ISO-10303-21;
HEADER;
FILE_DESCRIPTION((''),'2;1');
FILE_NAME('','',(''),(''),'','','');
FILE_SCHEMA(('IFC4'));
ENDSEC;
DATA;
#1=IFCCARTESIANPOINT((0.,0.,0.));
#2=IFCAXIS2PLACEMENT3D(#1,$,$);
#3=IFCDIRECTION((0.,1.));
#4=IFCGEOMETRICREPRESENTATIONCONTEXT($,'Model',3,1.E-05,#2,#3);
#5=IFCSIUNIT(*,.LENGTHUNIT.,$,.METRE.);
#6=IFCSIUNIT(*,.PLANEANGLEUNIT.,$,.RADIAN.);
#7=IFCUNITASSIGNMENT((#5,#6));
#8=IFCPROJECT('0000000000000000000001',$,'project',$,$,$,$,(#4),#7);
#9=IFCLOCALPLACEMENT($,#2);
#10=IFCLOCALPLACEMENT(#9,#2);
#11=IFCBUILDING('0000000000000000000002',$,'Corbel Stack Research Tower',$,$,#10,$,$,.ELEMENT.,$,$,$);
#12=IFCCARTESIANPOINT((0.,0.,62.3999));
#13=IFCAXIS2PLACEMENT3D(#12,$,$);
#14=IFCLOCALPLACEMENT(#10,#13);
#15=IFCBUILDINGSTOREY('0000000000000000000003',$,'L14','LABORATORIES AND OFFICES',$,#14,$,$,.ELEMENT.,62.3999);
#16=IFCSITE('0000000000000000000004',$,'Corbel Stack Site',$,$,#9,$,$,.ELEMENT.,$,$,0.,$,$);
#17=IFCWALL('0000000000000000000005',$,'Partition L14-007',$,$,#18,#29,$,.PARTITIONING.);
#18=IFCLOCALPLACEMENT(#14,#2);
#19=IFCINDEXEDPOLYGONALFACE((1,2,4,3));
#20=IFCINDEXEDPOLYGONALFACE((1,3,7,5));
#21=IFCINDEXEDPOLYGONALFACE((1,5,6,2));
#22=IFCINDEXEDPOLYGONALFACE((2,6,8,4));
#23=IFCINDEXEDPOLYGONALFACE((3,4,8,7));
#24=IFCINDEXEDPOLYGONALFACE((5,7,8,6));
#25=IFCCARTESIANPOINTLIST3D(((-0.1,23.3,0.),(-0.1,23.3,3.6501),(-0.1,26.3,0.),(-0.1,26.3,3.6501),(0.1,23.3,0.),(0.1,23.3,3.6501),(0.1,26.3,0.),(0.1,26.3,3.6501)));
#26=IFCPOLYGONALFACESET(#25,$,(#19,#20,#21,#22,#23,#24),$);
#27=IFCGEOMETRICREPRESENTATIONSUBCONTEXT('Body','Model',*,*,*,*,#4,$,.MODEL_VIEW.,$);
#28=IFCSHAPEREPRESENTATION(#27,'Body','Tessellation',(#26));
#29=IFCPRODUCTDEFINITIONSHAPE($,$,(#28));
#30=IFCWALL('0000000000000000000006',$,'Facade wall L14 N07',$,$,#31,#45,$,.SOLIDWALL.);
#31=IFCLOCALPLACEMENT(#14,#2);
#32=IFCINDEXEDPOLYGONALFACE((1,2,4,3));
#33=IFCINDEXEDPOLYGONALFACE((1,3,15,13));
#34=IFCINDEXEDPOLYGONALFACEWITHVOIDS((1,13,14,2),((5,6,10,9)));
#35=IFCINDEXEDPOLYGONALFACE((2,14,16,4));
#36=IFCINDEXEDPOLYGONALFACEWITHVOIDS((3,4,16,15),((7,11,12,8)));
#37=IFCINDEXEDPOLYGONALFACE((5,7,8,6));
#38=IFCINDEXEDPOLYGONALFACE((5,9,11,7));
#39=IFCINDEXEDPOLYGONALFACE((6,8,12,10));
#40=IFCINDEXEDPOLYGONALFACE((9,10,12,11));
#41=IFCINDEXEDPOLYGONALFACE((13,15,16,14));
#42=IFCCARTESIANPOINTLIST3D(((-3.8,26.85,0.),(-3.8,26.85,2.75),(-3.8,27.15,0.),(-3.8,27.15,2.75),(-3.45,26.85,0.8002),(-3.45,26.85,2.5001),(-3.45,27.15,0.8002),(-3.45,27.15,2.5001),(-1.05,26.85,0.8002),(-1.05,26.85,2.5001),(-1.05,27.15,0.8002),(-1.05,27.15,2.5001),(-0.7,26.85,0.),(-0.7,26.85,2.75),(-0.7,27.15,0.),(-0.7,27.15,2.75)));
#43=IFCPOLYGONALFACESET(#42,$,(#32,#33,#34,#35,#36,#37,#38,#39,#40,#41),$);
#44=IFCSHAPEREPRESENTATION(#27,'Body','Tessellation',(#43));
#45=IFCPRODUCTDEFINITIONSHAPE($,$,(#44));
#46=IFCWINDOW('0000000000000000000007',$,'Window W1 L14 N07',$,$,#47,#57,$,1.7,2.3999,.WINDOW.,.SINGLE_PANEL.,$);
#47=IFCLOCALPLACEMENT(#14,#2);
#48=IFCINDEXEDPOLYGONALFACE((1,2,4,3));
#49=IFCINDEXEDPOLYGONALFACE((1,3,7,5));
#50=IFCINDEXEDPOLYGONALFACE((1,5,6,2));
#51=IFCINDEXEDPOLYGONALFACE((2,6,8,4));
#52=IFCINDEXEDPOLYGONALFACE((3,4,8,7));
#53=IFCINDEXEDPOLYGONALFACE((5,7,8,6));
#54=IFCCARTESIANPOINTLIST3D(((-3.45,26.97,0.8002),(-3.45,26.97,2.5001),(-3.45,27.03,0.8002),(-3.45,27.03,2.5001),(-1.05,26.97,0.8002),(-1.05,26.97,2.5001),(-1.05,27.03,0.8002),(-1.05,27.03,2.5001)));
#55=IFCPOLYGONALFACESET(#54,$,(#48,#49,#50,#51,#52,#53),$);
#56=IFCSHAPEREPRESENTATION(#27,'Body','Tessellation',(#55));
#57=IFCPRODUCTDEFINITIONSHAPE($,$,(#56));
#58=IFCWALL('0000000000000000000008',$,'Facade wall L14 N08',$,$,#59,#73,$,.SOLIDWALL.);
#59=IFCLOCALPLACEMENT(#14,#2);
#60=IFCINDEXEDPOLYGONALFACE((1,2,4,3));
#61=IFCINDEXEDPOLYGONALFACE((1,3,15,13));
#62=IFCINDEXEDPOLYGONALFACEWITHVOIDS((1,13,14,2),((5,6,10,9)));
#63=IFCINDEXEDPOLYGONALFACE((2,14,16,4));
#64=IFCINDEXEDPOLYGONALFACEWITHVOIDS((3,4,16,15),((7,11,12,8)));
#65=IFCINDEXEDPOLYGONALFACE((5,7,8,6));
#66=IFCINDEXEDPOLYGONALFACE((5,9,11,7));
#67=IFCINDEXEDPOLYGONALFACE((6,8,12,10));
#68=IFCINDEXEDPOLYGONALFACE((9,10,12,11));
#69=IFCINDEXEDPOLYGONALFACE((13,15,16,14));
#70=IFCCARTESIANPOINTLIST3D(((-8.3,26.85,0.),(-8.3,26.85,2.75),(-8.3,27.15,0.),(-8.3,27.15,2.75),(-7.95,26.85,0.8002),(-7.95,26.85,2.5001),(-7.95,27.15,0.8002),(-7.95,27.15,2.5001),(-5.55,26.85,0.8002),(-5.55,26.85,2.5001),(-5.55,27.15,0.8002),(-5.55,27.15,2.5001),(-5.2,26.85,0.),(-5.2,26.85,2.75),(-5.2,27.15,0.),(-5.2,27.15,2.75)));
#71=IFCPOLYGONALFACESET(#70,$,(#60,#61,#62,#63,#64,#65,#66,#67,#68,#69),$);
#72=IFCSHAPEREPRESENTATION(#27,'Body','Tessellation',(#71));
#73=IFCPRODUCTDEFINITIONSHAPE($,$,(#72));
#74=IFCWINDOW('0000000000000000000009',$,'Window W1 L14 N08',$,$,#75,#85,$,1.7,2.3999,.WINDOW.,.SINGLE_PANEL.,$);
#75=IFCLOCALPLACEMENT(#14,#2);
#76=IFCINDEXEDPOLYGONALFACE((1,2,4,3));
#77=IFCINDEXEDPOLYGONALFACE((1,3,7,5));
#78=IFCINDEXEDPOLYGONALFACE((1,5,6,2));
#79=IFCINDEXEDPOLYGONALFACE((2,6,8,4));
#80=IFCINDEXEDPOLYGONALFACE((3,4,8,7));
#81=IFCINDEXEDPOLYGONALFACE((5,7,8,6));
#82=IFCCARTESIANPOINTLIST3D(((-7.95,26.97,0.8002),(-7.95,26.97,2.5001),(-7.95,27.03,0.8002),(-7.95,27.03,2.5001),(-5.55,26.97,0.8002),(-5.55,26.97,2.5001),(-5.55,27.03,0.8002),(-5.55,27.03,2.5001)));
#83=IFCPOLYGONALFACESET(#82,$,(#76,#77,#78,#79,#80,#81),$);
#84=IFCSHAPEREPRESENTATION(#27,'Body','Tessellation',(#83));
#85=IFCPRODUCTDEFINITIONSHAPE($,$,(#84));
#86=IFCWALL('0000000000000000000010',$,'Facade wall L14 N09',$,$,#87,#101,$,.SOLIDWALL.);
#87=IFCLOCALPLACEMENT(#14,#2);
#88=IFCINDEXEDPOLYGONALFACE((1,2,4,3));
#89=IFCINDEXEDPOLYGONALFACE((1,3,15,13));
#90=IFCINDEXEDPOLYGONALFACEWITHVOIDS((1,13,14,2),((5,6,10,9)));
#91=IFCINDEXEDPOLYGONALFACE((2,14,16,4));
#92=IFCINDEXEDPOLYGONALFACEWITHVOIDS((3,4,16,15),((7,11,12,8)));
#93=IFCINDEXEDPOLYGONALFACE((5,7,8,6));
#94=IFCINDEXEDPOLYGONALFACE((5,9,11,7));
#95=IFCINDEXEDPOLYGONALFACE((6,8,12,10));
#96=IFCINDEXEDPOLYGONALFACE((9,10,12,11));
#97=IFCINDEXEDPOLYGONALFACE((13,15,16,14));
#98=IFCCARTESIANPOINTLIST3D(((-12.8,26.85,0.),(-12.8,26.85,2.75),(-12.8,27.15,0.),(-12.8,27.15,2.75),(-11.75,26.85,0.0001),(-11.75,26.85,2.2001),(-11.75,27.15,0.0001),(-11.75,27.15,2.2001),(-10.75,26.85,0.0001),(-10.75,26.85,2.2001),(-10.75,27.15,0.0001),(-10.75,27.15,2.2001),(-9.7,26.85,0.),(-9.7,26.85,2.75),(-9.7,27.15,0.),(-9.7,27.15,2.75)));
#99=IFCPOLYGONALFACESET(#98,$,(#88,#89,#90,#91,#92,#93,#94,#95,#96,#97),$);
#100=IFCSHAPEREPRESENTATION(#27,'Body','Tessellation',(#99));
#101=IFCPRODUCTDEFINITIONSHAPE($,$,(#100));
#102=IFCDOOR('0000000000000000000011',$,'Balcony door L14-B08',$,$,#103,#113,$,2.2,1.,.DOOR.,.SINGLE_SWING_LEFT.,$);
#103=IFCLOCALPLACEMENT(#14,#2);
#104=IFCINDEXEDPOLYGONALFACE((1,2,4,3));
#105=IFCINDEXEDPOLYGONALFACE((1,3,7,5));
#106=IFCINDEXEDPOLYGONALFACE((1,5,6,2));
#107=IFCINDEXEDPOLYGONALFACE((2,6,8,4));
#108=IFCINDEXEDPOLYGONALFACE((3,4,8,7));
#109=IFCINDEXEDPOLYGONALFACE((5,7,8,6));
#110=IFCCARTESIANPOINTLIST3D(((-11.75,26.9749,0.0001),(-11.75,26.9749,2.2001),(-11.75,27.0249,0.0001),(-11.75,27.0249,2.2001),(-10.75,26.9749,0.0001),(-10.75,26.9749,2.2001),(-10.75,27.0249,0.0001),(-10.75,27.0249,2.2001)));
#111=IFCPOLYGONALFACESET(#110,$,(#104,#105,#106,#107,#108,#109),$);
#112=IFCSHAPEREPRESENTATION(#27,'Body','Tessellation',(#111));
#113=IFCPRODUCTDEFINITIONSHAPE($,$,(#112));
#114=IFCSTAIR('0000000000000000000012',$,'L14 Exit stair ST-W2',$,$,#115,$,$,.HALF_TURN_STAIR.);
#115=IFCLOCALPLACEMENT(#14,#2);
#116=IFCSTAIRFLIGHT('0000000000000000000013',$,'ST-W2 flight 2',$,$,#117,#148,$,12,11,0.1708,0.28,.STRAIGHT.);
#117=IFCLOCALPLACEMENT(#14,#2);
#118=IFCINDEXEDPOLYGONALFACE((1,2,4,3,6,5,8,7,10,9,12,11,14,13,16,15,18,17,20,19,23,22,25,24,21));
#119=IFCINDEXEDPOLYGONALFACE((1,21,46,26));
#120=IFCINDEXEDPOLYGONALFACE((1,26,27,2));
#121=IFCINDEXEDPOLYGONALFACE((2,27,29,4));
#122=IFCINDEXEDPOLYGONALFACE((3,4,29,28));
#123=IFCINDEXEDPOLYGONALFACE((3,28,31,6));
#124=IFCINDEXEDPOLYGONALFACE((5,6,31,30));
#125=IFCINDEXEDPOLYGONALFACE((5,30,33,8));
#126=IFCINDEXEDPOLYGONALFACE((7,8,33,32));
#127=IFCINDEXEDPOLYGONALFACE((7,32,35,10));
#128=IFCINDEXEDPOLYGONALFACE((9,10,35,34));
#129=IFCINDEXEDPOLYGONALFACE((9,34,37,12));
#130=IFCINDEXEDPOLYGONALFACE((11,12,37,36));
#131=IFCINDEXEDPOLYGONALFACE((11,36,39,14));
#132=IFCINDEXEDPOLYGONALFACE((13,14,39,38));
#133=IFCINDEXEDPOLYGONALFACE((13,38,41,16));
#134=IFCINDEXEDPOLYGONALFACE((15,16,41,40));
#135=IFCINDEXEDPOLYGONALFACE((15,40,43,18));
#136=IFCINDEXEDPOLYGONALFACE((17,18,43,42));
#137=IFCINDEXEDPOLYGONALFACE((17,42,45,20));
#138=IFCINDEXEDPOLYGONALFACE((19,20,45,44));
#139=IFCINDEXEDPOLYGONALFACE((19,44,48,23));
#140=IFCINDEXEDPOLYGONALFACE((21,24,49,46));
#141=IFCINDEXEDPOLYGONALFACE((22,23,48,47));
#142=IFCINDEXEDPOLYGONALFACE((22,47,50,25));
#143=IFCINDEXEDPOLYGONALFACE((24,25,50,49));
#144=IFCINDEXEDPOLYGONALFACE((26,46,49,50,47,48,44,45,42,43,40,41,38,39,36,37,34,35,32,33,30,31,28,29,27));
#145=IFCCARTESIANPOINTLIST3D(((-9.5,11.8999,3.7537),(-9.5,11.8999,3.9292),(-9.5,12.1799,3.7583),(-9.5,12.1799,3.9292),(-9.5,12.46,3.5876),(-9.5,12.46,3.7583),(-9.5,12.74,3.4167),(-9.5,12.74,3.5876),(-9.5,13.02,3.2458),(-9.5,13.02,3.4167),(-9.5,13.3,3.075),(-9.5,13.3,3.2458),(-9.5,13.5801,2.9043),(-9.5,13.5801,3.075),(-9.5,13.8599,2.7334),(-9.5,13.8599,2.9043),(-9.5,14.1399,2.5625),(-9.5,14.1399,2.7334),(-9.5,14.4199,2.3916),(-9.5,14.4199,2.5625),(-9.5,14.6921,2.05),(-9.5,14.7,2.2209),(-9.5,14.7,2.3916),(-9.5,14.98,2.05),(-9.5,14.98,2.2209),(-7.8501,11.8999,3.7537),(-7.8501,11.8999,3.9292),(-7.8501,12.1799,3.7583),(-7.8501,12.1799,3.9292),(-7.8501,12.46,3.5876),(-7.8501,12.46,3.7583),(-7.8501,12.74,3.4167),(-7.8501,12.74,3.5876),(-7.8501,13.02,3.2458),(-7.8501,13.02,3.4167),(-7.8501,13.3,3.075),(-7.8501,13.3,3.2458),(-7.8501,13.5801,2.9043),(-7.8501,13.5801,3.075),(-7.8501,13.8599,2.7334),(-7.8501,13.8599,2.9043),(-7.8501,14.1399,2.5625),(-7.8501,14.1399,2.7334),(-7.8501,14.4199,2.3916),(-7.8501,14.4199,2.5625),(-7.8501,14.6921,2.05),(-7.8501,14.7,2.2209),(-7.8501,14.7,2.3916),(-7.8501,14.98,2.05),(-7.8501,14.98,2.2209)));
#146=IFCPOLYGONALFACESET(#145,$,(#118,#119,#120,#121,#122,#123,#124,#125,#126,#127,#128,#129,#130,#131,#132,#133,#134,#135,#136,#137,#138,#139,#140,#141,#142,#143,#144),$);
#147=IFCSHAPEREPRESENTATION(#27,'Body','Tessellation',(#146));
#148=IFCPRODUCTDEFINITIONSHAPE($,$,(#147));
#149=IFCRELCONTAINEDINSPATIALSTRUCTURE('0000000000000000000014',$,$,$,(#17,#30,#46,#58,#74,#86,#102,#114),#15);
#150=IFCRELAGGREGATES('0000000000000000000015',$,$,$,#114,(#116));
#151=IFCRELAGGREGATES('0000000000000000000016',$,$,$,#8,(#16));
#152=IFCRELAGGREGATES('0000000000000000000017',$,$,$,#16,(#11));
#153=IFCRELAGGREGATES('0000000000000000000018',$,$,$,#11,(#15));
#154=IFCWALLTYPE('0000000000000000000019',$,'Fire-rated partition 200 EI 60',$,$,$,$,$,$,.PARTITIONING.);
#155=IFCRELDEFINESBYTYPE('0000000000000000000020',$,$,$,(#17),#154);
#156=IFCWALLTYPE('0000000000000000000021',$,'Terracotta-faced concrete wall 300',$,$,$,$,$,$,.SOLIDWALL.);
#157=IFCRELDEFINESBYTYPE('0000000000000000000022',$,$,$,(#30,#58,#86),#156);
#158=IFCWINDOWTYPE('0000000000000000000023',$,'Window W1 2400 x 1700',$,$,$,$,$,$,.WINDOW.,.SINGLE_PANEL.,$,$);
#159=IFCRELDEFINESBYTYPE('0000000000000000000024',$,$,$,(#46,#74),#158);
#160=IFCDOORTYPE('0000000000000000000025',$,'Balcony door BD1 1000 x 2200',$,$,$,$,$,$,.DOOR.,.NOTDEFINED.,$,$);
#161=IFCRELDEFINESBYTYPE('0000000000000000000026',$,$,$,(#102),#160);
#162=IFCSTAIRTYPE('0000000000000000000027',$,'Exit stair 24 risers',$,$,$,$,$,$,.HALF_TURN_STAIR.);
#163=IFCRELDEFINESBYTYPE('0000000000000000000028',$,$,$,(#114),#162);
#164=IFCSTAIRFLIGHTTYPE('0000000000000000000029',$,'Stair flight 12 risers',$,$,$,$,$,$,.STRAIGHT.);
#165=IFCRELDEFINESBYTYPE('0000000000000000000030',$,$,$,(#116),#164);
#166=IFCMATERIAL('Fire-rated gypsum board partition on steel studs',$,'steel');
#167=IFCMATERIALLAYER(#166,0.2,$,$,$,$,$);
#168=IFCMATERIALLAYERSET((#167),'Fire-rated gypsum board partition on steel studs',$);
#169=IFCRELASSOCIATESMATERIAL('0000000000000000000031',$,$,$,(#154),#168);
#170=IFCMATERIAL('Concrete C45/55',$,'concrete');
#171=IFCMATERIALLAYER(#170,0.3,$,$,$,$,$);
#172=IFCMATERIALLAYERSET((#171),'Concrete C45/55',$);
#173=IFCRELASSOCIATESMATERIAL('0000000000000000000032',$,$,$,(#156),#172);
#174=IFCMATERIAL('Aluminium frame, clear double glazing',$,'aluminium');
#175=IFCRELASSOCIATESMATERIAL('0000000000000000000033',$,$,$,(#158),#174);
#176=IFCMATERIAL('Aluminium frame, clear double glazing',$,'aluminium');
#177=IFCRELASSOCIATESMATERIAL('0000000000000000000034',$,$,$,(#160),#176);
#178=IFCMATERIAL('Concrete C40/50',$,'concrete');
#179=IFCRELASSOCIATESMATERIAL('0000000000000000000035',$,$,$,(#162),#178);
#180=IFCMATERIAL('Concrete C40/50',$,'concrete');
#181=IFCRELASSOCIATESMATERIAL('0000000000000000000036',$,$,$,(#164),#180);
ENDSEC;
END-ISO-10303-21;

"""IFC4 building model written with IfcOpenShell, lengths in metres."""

from ifc_helpers import new_model, si_unit, direction, frame, frame_2d, origin, place, context, subcontext, project, spatial, polyline, rectangle, outline, extrude, material, layer, layer_set, type_object, element, fill, aggregate, save


model = new_model("IFC4")

# Units and contexts
model_context = context("Model", 3, precision=1e-05, world=origin(), true_north=direction((0.0, 1.0)))
body_context = subcontext(model_context, "Body", "Model", "MODEL_VIEW")
ifc_project = project(units=[si_unit("LENGTHUNIT", "METRE"), si_unit("PLANEANGLEUNIT", "RADIAN")], contexts=[model_context])

# Site, building, storey
site_placement = place(None, origin())
site = spatial("IfcSite", under=ifc_project, at=site_placement, Name="Corbel Stack Site", CompositionType="ELEMENT", RefElevation=0.0)
building_placement = place(site_placement, origin())
building = spatial("IfcBuilding", under=site, at=building_placement, Name="Corbel Stack Research Tower", CompositionType="ELEMENT")
storey_placement = place(building_placement, frame((0.0, 0.0, 62.3999)))
storey = spatial("IfcBuildingStorey", under=building, at=storey_placement, Name="L14", Description="LABORATORIES AND OFFICES", CompositionType="ELEMENT", Elevation=62.3999)

# Wall
ifc_material_1 = material(Name="Fire-rated gypsum board partition on steel studs", Category="steel")
ifc_layer_1 = layer(ifc_material_1, 0.2)
ifc_layer_set_1 = layer_set([ifc_layer_1], Name="Fire-rated gypsum board partition on steel studs")
wall_type_1 = type_object("IfcWallType", Name="Fire-rated partition 200 EI 60", PredefinedType="PARTITIONING", material=ifc_layer_set_1)
for number, where, z_axis, x_axis, name in (
    (1, (0.0, 23.3, 0.0), (0.0, 0.0, 1.0), (0.0, 1.0, 0.0), "Partition L14-007"),
):
    element("IfcWall", number, at=place(storey_placement, frame(where, z_axis=z_axis, x_axis=x_axis)), inside=storey, type_object=wall_type_1, Name=name, PredefinedType="PARTITIONING", context=body_context, shape_type="SweptSolid", body=[
        extrude(rectangle(XDim=3.0, YDim=0.2, at=frame_2d((1.5, 0.0))), origin(), (0.0, 0.0, 1.0), 3.6501),
    ])

# Walls, openings, windows
ifc_material_2 = material(Name="Concrete C45/55", Category="concrete")
ifc_layer_2 = layer(ifc_material_2, 0.3)
ifc_layer_set_2 = layer_set([ifc_layer_2], Name="Concrete C45/55")
wall_type_2 = type_object("IfcWallType", Name="Terracotta-faced concrete wall 300", PredefinedType="SOLIDWALL", material=ifc_layer_set_2)
wall_1_placement = place(storey_placement, frame((-3.8, 27.0, 0.0), z_axis=(0.0, 0.0, 1.0), x_axis=(1.0, 0.0, 0.0)))
wall_1 = element("IfcWall", 2, at=wall_1_placement, inside=storey, type_object=wall_type_2, Name="Facade wall L14 N07", PredefinedType="SOLIDWALL", context=body_context, shape_type="SweptSolid", body=[
    extrude(rectangle(XDim=3.1001, YDim=0.3, at=frame_2d((1.55, 0.0))), origin(), (0.0, 0.0, 1.0), 2.75),
])
opening_1_placement = place(wall_1_placement, frame((0.3501, 0.0, 0.8)))
opening_1 = element("IfcOpeningElement", 3, at=opening_1_placement, cuts=wall_1, PredefinedType="OPENING", context=body_context, shape_type="SweptSolid", body=[
    extrude(rectangle(XDim=2.3999, YDim=1.7, at=frame_2d((1.2, 0.8501))), frame((0.0, 0.1599, 0.0), z_axis=(0.0, -1.0, 0.0), x_axis=(1.0, 0.0, 0.0)), (0.0, 0.0, 1.0), 0.3201),
])
ifc_material_3 = material(Name="Aluminium frame, clear double glazing", Category="aluminium")
window_type = type_object("IfcWindowType", Name="Window W1 2400 x 1700", PartitioningType="SINGLE_PANEL", PredefinedType="WINDOW", material=ifc_material_3)
window_1_placement = place(opening_1_placement, origin())
window_1 = element("IfcWindow", 4, at=window_1_placement, inside=storey, type_object=window_type, Name="Window W1 L14 N07", OverallHeight=1.7, OverallWidth=2.3999, PartitioningType="SINGLE_PANEL", PredefinedType="WINDOW", context=body_context, shape_type="SweptSolid", body=[
    extrude(rectangle(XDim=2.3999, YDim=1.7, at=frame_2d((1.2, 0.8501))), frame((0.0, 0.03, 0.0), z_axis=(0.0, -1.0, 0.0), x_axis=(1.0, 0.0, 0.0)), (0.0, 0.0, 1.0), 0.0601),
])
fill(opening_1, window_1)
wall_2_placement = place(storey_placement, frame((-8.3, 27.0, 0.0), z_axis=(0.0, 0.0, 1.0), x_axis=(1.0, 0.0, 0.0)))
wall_2 = element("IfcWall", 5, at=wall_2_placement, inside=storey, type_object=wall_type_2, Name="Facade wall L14 N08", PredefinedType="SOLIDWALL", context=body_context, shape_type="SweptSolid", body=[
    extrude(rectangle(XDim=3.1001, YDim=0.3, at=frame_2d((1.55, 0.0))), origin(), (0.0, 0.0, 1.0), 2.75),
])
opening_2_placement = place(wall_2_placement, frame((0.3501, 0.0, 0.8)))
opening_2 = element("IfcOpeningElement", 6, at=opening_2_placement, cuts=wall_2, PredefinedType="OPENING", context=body_context, shape_type="SweptSolid", body=[
    extrude(rectangle(XDim=2.3999, YDim=1.7, at=frame_2d((1.2, 0.8501))), frame((0.0, 0.1599, 0.0), z_axis=(0.0, -1.0, 0.0), x_axis=(1.0, 0.0, 0.0)), (0.0, 0.0, 1.0), 0.3201),
])
window_2_placement = place(opening_2_placement, origin())
window_2 = element("IfcWindow", 7, at=window_2_placement, inside=storey, type_object=window_type, Name="Window W1 L14 N08", OverallHeight=1.7, OverallWidth=2.3999, PartitioningType="SINGLE_PANEL", PredefinedType="WINDOW", context=body_context, shape_type="SweptSolid", body=[
    extrude(rectangle(XDim=2.3999, YDim=1.7, at=frame_2d((1.2, 0.8501))), frame((0.0, 0.03, 0.0), z_axis=(0.0, -1.0, 0.0), x_axis=(1.0, 0.0, 0.0)), (0.0, 0.0, 1.0), 0.0601),
])
fill(opening_2, window_2)

# Wall, opening, door
wall_3_placement = place(storey_placement, frame((-12.8, 27.0, 0.0), z_axis=(0.0, 0.0, 1.0), x_axis=(1.0, 0.0, 0.0)))
wall_3 = element("IfcWall", 8, at=wall_3_placement, inside=storey, type_object=wall_type_2, Name="Facade wall L14 N09", PredefinedType="SOLIDWALL", context=body_context, shape_type="SweptSolid", body=[
    extrude(rectangle(XDim=3.1001, YDim=0.3, at=frame_2d((1.55, 0.0))), origin(), (0.0, 0.0, 1.0), 2.75),
])
opening_3_placement = place(wall_3_placement, frame((1.05, 0.0, 0.0)))
opening_3 = element("IfcOpeningElement", 9, at=opening_3_placement, cuts=wall_3, PredefinedType="OPENING", context=body_context, shape_type="SweptSolid", body=[
    extrude(rectangle(XDim=1.0, YDim=2.2, at=frame_2d((0.5, 1.1001))), frame((0.0, 0.1599, 0.0), z_axis=(0.0, -1.0, 0.0), x_axis=(1.0, 0.0, 0.0)), (0.0, 0.0, 1.0), 0.3201),
])
ifc_material_4 = material(Name="Aluminium frame, clear double glazing", Category="aluminium")
door_type_1 = type_object("IfcDoorType", Name="Balcony door BD1 1000 x 2200", OperationType="NOTDEFINED", PredefinedType="DOOR", material=ifc_material_4)
door_1_placement = place(opening_3_placement, origin())
door_1 = element("IfcDoor", 10, at=door_1_placement, inside=storey, type_object=door_type_1, Name="Balcony door L14-B08", OperationType="SINGLE_SWING_LEFT", OverallHeight=2.2, OverallWidth=1.0, PredefinedType="DOOR", context=body_context, shape_type="SweptSolid", body=[
    extrude(rectangle(XDim=1.0, YDim=2.2, at=frame_2d((0.5, 1.1001))), frame((0.0, 0.0249, 0.0), z_axis=(0.0, -1.0, 0.0), x_axis=(1.0, 0.0, 0.0)), (0.0, 0.0, 1.0), 0.05),
])
fill(opening_3, door_1)

# Stair, stair flight
ifc_material_5 = material(Name="Concrete C40/50", Category="concrete")
stair_type = type_object("IfcStairType", Name="Exit stair 24 risers", PredefinedType="HALF_TURN_STAIR", material=ifc_material_5)
stair_placement = place(storey_placement, origin())
stair = element("IfcStair", 11, at=stair_placement, inside=storey, type_object=stair_type, Name="L14 Exit stair ST-W2", PredefinedType="HALF_TURN_STAIR")
ifc_material_6 = material(Name="Concrete C40/50", Category="concrete")
stair_flight_type = type_object("IfcStairFlightType", Name="Stair flight 12 risers", PredefinedType="STRAIGHT", material=ifc_material_6)
stair_flight_placement = place(storey_placement, frame((-8.675, 14.98, 2.05), z_axis=(0.0, 0.0, 1.0), x_axis=(0.0, -1.0, 0.0)))
stair_flight = element("IfcStairFlight", 12, at=stair_flight_placement, type_object=stair_flight_type, Name="ST-W2 flight 2", NumberOfRisers=12, NumberOfTreads=11, PredefinedType="STRAIGHT", RiserHeight=0.1708, TreadLength=0.28, context=body_context, shape_type="SweptSolid", body=[
    extrude(outline(polyline([(0.0, 0.0), (0.0, 0.1709), (0.28, 0.1709), (0.28, 0.3416), (0.5601, 0.3416), (0.5601, 0.5125), (0.8401, 0.5125), (0.8401, 0.6833), (1.1201, 0.6833), (1.1201, 0.8542), (1.3999, 0.8542), (1.3999, 1.0249), (1.6799, 1.0249), (1.6799, 1.1958), (1.96, 1.1958), (1.96, 1.3667), (2.24, 1.3667), (2.24, 1.5376), (2.52, 1.5376), (2.52, 1.7083), (2.8, 1.7083), (2.8, 1.8792), (3.0801, 1.8792), (3.0801, 2.05), (3.0801, 1.7036), (0.2878, 0.0), (0.0, 0.0)])), frame((0.0, 0.825, 0.0), z_axis=(0.0, -1.0, 0.0), x_axis=(1.0, 0.0, 0.0)), (0.0, 0.0, 1.0), 1.6499),
])
aggregate(stair, [stair_flight])

save(model, "model.ifc")
